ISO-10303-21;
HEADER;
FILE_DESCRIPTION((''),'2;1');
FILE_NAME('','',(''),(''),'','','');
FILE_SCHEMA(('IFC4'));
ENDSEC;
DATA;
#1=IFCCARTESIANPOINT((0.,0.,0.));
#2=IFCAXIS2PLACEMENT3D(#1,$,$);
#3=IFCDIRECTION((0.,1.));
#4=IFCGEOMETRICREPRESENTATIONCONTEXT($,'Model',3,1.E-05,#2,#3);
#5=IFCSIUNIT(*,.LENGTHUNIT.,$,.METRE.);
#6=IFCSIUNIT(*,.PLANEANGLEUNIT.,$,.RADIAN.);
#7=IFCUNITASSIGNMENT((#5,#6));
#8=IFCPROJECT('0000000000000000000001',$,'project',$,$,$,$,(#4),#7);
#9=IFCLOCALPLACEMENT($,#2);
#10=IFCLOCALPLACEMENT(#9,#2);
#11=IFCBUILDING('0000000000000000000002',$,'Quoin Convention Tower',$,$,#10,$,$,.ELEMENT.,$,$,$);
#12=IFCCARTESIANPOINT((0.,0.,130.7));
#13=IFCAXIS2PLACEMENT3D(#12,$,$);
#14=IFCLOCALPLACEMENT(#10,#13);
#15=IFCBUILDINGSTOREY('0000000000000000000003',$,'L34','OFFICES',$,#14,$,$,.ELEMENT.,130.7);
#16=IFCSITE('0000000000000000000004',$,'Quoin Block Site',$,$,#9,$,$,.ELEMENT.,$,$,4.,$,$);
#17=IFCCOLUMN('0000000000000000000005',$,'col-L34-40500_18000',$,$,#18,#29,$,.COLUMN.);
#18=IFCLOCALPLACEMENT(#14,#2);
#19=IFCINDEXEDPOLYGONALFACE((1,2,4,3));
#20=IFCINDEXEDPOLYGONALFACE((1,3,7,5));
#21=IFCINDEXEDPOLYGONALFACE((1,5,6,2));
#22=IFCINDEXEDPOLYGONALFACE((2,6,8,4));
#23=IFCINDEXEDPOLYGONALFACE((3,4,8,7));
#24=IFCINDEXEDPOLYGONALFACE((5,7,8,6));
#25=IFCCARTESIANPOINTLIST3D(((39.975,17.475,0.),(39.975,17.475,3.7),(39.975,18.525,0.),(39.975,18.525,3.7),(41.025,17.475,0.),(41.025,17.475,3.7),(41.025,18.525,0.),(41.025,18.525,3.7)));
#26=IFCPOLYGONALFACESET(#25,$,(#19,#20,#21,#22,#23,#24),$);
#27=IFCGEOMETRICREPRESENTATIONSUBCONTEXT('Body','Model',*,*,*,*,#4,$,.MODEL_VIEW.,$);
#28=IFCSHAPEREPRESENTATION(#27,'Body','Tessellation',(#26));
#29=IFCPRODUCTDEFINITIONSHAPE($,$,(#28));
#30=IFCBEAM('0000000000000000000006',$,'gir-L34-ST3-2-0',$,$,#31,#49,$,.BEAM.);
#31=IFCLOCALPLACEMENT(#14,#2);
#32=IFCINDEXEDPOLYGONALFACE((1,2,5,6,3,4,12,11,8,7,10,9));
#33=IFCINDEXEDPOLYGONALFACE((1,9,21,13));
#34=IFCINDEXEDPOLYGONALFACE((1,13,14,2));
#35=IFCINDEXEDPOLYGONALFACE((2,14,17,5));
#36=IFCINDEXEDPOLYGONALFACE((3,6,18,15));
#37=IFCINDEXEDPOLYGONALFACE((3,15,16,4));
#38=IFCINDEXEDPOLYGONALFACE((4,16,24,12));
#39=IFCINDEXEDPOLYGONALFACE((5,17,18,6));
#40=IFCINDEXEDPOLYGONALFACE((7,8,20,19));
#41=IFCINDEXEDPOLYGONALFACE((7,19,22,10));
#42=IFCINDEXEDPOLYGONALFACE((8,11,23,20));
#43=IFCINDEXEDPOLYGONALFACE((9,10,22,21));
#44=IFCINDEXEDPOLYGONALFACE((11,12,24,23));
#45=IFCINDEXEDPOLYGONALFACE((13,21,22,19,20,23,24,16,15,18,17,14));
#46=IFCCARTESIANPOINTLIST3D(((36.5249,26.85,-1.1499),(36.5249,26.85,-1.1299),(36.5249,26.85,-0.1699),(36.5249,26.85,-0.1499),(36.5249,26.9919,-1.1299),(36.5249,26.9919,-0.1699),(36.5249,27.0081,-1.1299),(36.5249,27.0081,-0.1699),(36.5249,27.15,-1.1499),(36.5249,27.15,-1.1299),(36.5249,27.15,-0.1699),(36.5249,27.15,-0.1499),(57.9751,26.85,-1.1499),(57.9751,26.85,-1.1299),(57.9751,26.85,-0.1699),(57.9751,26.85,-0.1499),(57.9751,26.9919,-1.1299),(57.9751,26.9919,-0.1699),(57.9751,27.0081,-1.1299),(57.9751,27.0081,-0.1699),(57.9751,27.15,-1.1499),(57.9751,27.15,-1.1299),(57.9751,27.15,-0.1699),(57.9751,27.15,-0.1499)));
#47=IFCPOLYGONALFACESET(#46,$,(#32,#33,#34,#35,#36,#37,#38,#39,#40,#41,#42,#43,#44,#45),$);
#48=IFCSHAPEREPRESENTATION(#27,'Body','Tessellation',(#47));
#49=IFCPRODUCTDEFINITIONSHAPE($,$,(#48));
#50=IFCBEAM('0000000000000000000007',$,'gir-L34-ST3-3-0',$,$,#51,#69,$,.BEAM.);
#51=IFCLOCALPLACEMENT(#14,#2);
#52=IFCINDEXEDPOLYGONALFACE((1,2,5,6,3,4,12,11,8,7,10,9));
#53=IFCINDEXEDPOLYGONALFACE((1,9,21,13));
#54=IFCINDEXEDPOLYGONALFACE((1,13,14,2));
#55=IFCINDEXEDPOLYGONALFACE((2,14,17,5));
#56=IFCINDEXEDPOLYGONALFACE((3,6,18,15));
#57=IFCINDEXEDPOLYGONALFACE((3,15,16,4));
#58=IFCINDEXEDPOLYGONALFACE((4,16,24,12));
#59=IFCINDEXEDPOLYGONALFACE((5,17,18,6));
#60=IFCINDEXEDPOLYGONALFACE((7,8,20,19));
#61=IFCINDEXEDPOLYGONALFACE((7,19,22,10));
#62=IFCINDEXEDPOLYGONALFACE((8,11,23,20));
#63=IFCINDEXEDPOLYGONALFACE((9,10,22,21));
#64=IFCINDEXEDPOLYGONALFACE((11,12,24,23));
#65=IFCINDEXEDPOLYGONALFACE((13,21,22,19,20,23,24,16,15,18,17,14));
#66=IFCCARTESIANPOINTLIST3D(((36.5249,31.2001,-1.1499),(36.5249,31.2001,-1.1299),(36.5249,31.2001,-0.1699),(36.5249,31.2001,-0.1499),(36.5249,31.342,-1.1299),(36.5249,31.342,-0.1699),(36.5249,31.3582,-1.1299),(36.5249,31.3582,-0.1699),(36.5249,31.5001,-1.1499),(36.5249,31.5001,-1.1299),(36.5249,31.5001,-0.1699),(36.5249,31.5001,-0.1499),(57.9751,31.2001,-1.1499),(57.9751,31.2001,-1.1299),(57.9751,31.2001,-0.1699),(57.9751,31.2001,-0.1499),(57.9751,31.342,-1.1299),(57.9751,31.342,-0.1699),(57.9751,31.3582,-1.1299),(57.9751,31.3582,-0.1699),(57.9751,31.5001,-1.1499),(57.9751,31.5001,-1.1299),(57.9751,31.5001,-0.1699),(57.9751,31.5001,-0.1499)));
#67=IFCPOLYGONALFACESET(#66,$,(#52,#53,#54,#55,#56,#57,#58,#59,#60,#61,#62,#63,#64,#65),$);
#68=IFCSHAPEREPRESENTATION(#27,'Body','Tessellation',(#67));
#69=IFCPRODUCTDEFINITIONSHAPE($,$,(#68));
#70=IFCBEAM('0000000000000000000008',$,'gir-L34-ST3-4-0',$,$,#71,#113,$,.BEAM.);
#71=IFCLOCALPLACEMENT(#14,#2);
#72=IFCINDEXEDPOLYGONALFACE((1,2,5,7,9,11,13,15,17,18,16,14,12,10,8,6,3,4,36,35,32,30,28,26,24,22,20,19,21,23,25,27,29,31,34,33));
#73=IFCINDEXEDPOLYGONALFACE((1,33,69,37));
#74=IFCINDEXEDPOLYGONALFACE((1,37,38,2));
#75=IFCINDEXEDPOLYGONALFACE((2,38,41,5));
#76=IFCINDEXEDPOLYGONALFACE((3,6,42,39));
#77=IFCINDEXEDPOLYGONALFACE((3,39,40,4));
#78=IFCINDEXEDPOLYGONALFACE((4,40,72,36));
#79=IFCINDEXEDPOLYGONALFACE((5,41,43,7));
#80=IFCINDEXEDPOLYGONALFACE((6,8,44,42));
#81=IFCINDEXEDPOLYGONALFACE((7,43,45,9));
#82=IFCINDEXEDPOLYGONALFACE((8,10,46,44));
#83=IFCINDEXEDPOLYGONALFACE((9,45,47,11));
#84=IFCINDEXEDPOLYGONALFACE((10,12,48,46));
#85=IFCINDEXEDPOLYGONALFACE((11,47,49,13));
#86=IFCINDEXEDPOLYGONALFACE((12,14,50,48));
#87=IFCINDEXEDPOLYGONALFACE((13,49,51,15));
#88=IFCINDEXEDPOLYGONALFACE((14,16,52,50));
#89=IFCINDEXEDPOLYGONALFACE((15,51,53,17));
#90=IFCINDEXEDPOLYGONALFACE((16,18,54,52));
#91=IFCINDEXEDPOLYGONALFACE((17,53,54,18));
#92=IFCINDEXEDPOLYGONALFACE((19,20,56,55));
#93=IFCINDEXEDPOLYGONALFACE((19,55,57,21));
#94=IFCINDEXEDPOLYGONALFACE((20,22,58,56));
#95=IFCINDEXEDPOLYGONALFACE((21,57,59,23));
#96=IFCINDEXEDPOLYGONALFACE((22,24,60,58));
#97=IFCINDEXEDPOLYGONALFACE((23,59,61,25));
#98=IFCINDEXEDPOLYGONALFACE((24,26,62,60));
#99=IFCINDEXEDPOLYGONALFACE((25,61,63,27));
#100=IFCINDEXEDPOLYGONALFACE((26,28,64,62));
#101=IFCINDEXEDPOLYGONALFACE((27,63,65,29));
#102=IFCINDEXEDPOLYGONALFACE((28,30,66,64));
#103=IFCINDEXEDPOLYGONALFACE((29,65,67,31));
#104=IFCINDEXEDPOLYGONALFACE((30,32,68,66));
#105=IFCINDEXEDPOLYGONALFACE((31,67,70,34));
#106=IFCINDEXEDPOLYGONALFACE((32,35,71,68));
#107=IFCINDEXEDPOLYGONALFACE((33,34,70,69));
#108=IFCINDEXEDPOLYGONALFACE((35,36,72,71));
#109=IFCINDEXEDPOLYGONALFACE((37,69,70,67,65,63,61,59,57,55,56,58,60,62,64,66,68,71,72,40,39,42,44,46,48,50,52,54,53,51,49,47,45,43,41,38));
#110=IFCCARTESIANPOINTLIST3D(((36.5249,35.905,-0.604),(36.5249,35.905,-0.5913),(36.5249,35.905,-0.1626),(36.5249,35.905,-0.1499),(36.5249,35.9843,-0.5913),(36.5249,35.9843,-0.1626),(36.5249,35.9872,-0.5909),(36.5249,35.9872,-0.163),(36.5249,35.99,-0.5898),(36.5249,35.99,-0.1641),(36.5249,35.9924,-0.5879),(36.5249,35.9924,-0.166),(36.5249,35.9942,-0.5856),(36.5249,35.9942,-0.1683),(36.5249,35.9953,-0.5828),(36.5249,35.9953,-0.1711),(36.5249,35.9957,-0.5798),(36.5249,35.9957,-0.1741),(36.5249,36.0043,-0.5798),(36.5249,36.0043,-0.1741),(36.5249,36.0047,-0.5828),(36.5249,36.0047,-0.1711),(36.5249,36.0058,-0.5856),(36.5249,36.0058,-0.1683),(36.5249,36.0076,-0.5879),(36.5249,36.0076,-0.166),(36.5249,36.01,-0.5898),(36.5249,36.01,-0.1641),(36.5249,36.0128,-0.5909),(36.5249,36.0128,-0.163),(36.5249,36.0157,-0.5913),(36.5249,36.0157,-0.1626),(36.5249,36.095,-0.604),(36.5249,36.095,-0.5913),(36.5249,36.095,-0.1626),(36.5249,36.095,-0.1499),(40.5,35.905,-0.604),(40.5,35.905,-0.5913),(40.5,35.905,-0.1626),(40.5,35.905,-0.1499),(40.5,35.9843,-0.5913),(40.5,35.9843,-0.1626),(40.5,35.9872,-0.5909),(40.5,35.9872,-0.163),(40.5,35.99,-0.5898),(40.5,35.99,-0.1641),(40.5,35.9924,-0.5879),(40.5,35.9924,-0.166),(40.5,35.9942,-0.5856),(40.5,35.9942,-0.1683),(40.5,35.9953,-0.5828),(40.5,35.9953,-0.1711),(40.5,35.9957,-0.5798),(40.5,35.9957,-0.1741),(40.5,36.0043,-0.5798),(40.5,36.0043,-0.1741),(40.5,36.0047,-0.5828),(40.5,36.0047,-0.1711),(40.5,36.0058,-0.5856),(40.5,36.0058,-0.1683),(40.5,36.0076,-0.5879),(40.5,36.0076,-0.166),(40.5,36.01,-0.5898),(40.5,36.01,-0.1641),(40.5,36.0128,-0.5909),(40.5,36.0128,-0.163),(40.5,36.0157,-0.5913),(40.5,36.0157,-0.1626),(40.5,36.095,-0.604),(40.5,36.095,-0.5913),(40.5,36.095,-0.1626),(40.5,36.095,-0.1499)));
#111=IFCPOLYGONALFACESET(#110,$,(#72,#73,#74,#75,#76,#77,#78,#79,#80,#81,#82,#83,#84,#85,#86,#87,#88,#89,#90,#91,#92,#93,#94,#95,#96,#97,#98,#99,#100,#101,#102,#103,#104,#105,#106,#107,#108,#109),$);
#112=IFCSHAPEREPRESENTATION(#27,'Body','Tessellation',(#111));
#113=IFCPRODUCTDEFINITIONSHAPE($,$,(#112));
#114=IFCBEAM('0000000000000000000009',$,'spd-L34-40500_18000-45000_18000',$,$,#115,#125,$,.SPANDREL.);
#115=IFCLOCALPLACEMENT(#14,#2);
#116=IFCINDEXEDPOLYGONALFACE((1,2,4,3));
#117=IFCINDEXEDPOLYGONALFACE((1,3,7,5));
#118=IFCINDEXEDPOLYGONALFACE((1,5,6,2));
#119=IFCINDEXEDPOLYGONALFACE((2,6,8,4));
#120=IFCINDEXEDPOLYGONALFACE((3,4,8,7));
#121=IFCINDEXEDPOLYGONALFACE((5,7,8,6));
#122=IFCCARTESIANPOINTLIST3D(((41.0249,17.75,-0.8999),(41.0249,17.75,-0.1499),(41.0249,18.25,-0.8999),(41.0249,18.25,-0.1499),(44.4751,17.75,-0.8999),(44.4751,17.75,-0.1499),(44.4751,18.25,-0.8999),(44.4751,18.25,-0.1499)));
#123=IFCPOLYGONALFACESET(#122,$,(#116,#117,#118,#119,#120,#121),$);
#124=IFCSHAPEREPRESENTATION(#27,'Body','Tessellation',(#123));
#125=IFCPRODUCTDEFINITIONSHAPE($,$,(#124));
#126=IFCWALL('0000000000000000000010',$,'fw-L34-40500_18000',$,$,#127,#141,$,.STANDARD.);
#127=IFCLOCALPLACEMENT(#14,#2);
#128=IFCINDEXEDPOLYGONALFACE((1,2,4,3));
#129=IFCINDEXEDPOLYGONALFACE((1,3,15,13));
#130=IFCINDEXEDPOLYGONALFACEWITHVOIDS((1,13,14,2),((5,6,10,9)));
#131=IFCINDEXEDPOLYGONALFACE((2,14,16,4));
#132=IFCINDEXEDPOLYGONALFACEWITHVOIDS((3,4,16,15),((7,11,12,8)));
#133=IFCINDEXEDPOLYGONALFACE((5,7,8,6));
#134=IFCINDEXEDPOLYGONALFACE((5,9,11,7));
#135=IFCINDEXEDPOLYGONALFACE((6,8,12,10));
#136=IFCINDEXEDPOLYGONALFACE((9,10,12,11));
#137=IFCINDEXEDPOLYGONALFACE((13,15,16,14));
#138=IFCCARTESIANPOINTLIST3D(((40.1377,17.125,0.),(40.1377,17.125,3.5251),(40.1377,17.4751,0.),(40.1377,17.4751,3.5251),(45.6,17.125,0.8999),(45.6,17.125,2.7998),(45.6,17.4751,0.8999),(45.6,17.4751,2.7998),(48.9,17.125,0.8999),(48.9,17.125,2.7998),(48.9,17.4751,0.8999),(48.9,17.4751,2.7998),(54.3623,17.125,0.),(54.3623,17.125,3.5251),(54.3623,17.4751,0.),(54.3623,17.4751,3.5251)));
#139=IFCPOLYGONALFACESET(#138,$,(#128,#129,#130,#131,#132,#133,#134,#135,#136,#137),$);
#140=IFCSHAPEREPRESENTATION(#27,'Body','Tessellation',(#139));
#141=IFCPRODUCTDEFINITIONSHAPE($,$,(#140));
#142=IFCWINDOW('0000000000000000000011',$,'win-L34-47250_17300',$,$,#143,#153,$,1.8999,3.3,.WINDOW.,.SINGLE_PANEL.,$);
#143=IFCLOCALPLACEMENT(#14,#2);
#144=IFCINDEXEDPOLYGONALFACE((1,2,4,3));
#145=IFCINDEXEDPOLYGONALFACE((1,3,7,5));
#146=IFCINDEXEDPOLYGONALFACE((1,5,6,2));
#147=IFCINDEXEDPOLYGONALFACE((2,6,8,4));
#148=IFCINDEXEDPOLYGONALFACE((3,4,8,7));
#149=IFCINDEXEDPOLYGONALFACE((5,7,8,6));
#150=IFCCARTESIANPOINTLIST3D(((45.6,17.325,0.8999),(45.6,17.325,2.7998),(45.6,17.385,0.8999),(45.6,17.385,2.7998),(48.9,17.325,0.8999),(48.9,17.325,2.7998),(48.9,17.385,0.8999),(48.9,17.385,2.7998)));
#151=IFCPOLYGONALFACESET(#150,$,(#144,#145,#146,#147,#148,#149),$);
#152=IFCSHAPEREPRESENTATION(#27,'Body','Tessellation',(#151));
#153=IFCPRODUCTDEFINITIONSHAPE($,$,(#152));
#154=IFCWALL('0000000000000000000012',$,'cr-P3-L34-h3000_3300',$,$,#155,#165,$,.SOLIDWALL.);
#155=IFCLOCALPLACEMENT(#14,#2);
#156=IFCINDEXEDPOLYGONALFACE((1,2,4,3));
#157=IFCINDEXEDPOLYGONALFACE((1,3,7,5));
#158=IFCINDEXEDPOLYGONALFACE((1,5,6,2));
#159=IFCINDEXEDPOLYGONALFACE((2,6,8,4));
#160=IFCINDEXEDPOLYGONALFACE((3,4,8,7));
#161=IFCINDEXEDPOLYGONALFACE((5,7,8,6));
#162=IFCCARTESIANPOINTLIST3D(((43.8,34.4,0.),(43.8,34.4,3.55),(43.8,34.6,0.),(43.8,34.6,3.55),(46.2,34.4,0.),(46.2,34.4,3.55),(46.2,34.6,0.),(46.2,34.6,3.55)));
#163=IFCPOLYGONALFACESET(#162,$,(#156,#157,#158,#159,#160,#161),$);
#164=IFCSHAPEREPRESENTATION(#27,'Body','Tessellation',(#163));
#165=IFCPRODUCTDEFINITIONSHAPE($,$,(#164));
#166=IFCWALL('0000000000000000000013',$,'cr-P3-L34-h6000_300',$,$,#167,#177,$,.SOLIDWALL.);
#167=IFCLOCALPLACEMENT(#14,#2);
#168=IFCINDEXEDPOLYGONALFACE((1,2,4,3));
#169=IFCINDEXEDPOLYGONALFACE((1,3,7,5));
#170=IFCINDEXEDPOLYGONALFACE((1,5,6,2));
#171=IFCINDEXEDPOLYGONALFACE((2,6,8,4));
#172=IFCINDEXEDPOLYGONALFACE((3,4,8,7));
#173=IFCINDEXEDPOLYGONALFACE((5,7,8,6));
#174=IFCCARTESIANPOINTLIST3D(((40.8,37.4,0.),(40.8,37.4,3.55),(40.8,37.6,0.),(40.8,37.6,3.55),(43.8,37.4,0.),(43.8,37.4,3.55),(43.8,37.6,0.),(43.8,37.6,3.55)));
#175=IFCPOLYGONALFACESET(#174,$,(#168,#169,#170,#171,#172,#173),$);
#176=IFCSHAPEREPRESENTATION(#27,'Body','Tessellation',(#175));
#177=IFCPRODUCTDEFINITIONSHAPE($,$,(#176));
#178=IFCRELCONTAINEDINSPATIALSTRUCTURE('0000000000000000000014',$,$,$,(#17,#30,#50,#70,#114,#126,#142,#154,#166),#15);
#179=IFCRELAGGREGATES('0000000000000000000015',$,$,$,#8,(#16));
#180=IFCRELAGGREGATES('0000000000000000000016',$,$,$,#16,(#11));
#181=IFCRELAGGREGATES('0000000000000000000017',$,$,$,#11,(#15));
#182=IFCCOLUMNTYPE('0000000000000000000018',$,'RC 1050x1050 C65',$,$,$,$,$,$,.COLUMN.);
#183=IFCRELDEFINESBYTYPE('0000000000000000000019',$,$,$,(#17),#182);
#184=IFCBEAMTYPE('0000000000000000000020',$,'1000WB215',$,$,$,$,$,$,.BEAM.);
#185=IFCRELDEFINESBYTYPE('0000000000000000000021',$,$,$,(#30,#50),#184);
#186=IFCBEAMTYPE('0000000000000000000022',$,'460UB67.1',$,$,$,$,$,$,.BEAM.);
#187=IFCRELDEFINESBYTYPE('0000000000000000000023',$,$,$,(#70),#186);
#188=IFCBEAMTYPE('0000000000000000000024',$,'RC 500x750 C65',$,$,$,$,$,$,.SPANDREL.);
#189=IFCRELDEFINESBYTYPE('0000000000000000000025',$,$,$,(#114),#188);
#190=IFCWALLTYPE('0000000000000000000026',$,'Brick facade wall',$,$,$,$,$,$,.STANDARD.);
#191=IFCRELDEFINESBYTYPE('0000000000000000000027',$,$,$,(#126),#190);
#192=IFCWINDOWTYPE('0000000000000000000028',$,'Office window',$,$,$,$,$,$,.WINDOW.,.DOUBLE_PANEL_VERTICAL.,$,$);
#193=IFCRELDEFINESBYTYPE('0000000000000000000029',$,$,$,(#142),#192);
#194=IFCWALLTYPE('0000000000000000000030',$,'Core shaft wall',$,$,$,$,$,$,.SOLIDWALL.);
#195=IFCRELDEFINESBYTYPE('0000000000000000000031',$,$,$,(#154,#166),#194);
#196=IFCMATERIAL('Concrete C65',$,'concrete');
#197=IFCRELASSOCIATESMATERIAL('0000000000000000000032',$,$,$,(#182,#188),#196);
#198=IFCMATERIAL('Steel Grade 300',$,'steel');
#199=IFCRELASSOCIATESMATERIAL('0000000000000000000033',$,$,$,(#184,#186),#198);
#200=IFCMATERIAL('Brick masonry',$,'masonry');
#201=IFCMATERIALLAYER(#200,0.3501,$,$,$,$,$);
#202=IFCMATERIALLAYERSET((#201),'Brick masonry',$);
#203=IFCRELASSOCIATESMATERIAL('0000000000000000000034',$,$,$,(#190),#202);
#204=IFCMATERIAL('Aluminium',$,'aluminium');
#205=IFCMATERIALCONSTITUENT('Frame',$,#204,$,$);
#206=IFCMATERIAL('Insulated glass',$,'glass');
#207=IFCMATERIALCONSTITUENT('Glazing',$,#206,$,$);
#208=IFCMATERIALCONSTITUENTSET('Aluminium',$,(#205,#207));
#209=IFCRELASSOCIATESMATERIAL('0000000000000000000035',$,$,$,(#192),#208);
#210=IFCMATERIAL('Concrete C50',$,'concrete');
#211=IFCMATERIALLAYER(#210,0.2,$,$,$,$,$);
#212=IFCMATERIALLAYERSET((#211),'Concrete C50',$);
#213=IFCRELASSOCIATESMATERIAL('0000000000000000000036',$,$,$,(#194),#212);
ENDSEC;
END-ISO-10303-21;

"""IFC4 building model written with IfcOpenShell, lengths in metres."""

from ifc_helpers import new_model, si_unit, direction, frame, frame_2d, origin, origin_2d, place, context, subcontext, project, spatial, rectangle, i_section, extrude, material, layer, layer_set, constituent, constituent_set, material_profile, profile_set, type_object, element, fill, save


model = new_model("IFC4")

# Units and contexts
model_context = context("Model", 3, precision=1e-05, world=origin(), true_north=direction((0.0, 1.0)))
body_context = subcontext(model_context, "Body", "Model", "MODEL_VIEW")
ifc_project = project(units=[si_unit("LENGTHUNIT", "METRE"), si_unit("PLANEANGLEUNIT", "RADIAN")], contexts=[model_context])

# Site, building, storey
site_placement = place(None, origin())
site = spatial("IfcSite", under=ifc_project, at=site_placement, Name="Quoin Block Site", CompositionType="ELEMENT", RefElevation=4.0)
building_placement = place(site_placement, origin())
building = spatial("IfcBuilding", under=site, at=building_placement, Name="Quoin Convention Tower", CompositionType="ELEMENT")
storey_placement = place(building_placement, frame((0.0, 0.0, 130.7)))
storey = spatial("IfcBuildingStorey", under=building, at=storey_placement, Name="L34", Description="OFFICES", CompositionType="ELEMENT", Elevation=130.7)

# Column
ifc_material_1 = material(Name="Concrete C65", Category="concrete")
ifc_material_profile_1 = material_profile(ifc_material_1, rectangle(XDim=1.05, YDim=1.05, at=origin_2d()), Name="RC 1050x1050")
ifc_profile_set_1 = profile_set([ifc_material_profile_1], Name="Concrete C65")
column_type = type_object("IfcColumnType", Name="RC 1050x1050 C65", PredefinedType="COLUMN", material=ifc_profile_set_1)
column_placement = place(storey_placement, frame((40.5, 18.0, 0.0), z_axis=(0.0, 0.0, 1.0), x_axis=(1.0, 0.0, 0.0)))
element("IfcColumn", 1, at=column_placement, inside=storey, type_object=column_type, Name="col-L34-40500_18000", PredefinedType="COLUMN", context=body_context, shape_type="SweptSolid", body=[
    extrude(rectangle(XDim=1.05, YDim=1.05, at=origin_2d()), origin(), (0.0, 0.0, 1.0), 3.7),
])

# Beams
ifc_material_2 = material(Name="Steel Grade 300", Category="steel")
ifc_material_profile_2 = material_profile(ifc_material_2, i_section(OverallWidth=0.3, OverallDepth=1.0, WebThickness=0.0161, FlangeThickness=0.02, at=origin_2d()), Name="1000WB215")
ifc_profile_set_2 = profile_set([ifc_material_profile_2], Name="Steel Grade 300")
beam_type_1 = type_object("IfcBeamType", Name="1000WB215", PredefinedType="BEAM", material=ifc_profile_set_2)
for number, where, z_axis, x_axis, name in (
    (2, (36.5249, 27.0, -0.6499), (1.0, 0.0, 0.0), (0.0, 1.0, 0.0), "gir-L34-ST3-2-0"),
    (3, (36.5249, 31.3501, -0.6499), (1.0, 0.0, 0.0), (0.0, 1.0, 0.0), "gir-L34-ST3-3-0"),
):
    element("IfcBeam", number, at=place(storey_placement, frame(where, z_axis=z_axis, x_axis=x_axis)), inside=storey, type_object=beam_type_1, Name=name, PredefinedType="BEAM", context=body_context, shape_type="SweptSolid", body=[
        extrude(i_section(OverallWidth=0.3, OverallDepth=1.0, WebThickness=0.0161, FlangeThickness=0.02, at=origin_2d()), origin(), (0.0, 0.0, 1.0), 21.4502),
    ])
ifc_material_profile_3 = material_profile(ifc_material_2, i_section(OverallWidth=0.1899, OverallDepth=0.4541, WebThickness=0.0085, FlangeThickness=0.0127, FilletRadius=0.0115, at=origin_2d()), Name="460UB67.1")
ifc_profile_set_3 = profile_set([ifc_material_profile_3], Name="Steel Grade 300")
beam_type_2 = type_object("IfcBeamType", Name="460UB67.1", PredefinedType="BEAM", material=ifc_profile_set_3)
beam_1_placement = place(storey_placement, frame((36.5249, 36.0, -0.377), z_axis=(1.0, 0.0, 0.0), x_axis=(0.0, 1.0, 0.0)))
element("IfcBeam", 4, at=beam_1_placement, inside=storey, type_object=beam_type_2, Name="gir-L34-ST3-4-0", PredefinedType="BEAM", context=body_context, shape_type="SweptSolid", body=[
    extrude(i_section(OverallWidth=0.1899, OverallDepth=0.4541, WebThickness=0.0085, FlangeThickness=0.0127, FilletRadius=0.0115, at=origin_2d()), origin(), (0.0, 0.0, 1.0), 3.9751),
])
ifc_material_profile_4 = material_profile(ifc_material_1, rectangle(XDim=0.5, YDim=0.75, at=origin_2d()), Name="RC 500x750")
ifc_profile_set_4 = profile_set([ifc_material_profile_4], Name="Concrete C65")
beam_type_3 = type_object("IfcBeamType", Name="RC 500x750 C65", PredefinedType="SPANDREL", material=ifc_profile_set_4)
beam_2_placement = place(storey_placement, frame((41.0249, 18.0, -0.5249), z_axis=(1.0, 0.0, 0.0), x_axis=(0.0, 1.0, 0.0)))
element("IfcBeam", 5, at=beam_2_placement, inside=storey, type_object=beam_type_3, Name="spd-L34-40500_18000-45000_18000", PredefinedType="SPANDREL", context=body_context, shape_type="SweptSolid", body=[
    extrude(rectangle(XDim=0.5, YDim=0.75, at=origin_2d()), origin(), (0.0, 0.0, 1.0), 3.4502),
])

# Wall, opening, window
ifc_material_3 = material(Name="Brick masonry", Category="masonry")
ifc_layer_1 = layer(ifc_material_3, 0.3501)
ifc_layer_set_1 = layer_set([ifc_layer_1], Name="Brick masonry")
wall_type_1 = type_object("IfcWallType", Name="Brick facade wall", PredefinedType="STANDARD", material=ifc_layer_set_1)
wall_1_placement = place(storey_placement, frame((40.1377, 17.3, 0.0), z_axis=(0.0, 0.0, 1.0), x_axis=(1.0, 0.0, 0.0)))
wall_1 = element("IfcWall", 6, at=wall_1_placement, inside=storey, type_object=wall_type_1, Name="fw-L34-40500_18000", PredefinedType="STANDARD", context=body_context, shape_type="SweptSolid", body=[
    extrude(rectangle(XDim=14.2246, YDim=0.3501, at=frame_2d((7.1123, 0.0))), origin(), (0.0, 0.0, 1.0), 3.5251),
])
opening_1_placement = place(wall_1_placement, frame((5.4624, 0.0, 0.8999)))
opening_1 = element("IfcOpeningElement", 7, at=opening_1_placement, cuts=wall_1, PredefinedType="OPENING", context=body_context, shape_type="SweptSolid", body=[
    extrude(rectangle(XDim=3.3, YDim=1.8999, at=frame_2d((1.6499, 0.95))), frame((0.0, 0.1851, 0.0), z_axis=(0.0, -1.0, 0.0), x_axis=(1.0, 0.0, 0.0)), (0.0, 0.0, 1.0), 0.3701),
])
ifc_material_4 = material(Name="Aluminium", Category="aluminium")
ifc_constituent_1 = constituent(ifc_material_4, Name="Frame")
ifc_material_5 = material(Name="Insulated glass", Category="glass")
ifc_constituent_2 = constituent(ifc_material_5, Name="Glazing")
ifc_constituent_set = constituent_set(constituents=[ifc_constituent_1, ifc_constituent_2], Name="Aluminium")
window_type = type_object("IfcWindowType", Name="Office window", PartitioningType="DOUBLE_PANEL_VERTICAL", PredefinedType="WINDOW", material=ifc_constituent_set)
window_placement = place(opening_1_placement, origin())
window = element("IfcWindow", 8, at=window_placement, inside=storey, type_object=window_type, Name="win-L34-47250_17300", OverallHeight=1.8999, OverallWidth=3.3, PartitioningType="SINGLE_PANEL", PredefinedType="WINDOW", context=body_context, shape_type="SweptSolid", body=[
    extrude(rectangle(XDim=3.3, YDim=1.8999, at=frame_2d((1.6499, 0.95))), frame((0.0, 0.085, 0.0), z_axis=(0.0, -1.0, 0.0), x_axis=(1.0, 0.0, 0.0)), (0.0, 0.0, 1.0), 0.0601),
])
fill(opening_1, window)

# Walls
ifc_material_6 = material(Name="Concrete C50", Category="concrete")
ifc_layer_2 = layer(ifc_material_6, 0.2)
ifc_layer_set_2 = layer_set([ifc_layer_2], Name="Concrete C50")
wall_type_2 = type_object("IfcWallType", Name="Core shaft wall", PredefinedType="SOLIDWALL", material=ifc_layer_set_2)
wall_2_placement = place(storey_placement, frame((43.8, 34.5, 0.0), z_axis=(0.0, 0.0, 1.0), x_axis=(1.0, 0.0, 0.0)))
element("IfcWall", 9, at=wall_2_placement, inside=storey, type_object=wall_type_2, Name="cr-P3-L34-h3000_3300", PredefinedType="SOLIDWALL", context=body_context, shape_type="SweptSolid", body=[
    extrude(rectangle(XDim=2.3999, YDim=0.2, at=frame_2d((1.2, 0.0))), origin(), (0.0, 0.0, 1.0), 3.55),
])
wall_3_placement = place(storey_placement, frame((40.8, 37.5, 0.0), z_axis=(0.0, 0.0, 1.0), x_axis=(1.0, 0.0, 0.0)))
element("IfcWall", 10, at=wall_3_placement, inside=storey, type_object=wall_type_2, Name="cr-P3-L34-h6000_300", PredefinedType="SOLIDWALL", context=body_context, shape_type="SweptSolid", body=[
    extrude(rectangle(XDim=3.0, YDim=0.2, at=frame_2d((1.5, 0.0))), origin(), (0.0, 0.0, 1.0), 3.55),
])

save(model, "model.ifc")
